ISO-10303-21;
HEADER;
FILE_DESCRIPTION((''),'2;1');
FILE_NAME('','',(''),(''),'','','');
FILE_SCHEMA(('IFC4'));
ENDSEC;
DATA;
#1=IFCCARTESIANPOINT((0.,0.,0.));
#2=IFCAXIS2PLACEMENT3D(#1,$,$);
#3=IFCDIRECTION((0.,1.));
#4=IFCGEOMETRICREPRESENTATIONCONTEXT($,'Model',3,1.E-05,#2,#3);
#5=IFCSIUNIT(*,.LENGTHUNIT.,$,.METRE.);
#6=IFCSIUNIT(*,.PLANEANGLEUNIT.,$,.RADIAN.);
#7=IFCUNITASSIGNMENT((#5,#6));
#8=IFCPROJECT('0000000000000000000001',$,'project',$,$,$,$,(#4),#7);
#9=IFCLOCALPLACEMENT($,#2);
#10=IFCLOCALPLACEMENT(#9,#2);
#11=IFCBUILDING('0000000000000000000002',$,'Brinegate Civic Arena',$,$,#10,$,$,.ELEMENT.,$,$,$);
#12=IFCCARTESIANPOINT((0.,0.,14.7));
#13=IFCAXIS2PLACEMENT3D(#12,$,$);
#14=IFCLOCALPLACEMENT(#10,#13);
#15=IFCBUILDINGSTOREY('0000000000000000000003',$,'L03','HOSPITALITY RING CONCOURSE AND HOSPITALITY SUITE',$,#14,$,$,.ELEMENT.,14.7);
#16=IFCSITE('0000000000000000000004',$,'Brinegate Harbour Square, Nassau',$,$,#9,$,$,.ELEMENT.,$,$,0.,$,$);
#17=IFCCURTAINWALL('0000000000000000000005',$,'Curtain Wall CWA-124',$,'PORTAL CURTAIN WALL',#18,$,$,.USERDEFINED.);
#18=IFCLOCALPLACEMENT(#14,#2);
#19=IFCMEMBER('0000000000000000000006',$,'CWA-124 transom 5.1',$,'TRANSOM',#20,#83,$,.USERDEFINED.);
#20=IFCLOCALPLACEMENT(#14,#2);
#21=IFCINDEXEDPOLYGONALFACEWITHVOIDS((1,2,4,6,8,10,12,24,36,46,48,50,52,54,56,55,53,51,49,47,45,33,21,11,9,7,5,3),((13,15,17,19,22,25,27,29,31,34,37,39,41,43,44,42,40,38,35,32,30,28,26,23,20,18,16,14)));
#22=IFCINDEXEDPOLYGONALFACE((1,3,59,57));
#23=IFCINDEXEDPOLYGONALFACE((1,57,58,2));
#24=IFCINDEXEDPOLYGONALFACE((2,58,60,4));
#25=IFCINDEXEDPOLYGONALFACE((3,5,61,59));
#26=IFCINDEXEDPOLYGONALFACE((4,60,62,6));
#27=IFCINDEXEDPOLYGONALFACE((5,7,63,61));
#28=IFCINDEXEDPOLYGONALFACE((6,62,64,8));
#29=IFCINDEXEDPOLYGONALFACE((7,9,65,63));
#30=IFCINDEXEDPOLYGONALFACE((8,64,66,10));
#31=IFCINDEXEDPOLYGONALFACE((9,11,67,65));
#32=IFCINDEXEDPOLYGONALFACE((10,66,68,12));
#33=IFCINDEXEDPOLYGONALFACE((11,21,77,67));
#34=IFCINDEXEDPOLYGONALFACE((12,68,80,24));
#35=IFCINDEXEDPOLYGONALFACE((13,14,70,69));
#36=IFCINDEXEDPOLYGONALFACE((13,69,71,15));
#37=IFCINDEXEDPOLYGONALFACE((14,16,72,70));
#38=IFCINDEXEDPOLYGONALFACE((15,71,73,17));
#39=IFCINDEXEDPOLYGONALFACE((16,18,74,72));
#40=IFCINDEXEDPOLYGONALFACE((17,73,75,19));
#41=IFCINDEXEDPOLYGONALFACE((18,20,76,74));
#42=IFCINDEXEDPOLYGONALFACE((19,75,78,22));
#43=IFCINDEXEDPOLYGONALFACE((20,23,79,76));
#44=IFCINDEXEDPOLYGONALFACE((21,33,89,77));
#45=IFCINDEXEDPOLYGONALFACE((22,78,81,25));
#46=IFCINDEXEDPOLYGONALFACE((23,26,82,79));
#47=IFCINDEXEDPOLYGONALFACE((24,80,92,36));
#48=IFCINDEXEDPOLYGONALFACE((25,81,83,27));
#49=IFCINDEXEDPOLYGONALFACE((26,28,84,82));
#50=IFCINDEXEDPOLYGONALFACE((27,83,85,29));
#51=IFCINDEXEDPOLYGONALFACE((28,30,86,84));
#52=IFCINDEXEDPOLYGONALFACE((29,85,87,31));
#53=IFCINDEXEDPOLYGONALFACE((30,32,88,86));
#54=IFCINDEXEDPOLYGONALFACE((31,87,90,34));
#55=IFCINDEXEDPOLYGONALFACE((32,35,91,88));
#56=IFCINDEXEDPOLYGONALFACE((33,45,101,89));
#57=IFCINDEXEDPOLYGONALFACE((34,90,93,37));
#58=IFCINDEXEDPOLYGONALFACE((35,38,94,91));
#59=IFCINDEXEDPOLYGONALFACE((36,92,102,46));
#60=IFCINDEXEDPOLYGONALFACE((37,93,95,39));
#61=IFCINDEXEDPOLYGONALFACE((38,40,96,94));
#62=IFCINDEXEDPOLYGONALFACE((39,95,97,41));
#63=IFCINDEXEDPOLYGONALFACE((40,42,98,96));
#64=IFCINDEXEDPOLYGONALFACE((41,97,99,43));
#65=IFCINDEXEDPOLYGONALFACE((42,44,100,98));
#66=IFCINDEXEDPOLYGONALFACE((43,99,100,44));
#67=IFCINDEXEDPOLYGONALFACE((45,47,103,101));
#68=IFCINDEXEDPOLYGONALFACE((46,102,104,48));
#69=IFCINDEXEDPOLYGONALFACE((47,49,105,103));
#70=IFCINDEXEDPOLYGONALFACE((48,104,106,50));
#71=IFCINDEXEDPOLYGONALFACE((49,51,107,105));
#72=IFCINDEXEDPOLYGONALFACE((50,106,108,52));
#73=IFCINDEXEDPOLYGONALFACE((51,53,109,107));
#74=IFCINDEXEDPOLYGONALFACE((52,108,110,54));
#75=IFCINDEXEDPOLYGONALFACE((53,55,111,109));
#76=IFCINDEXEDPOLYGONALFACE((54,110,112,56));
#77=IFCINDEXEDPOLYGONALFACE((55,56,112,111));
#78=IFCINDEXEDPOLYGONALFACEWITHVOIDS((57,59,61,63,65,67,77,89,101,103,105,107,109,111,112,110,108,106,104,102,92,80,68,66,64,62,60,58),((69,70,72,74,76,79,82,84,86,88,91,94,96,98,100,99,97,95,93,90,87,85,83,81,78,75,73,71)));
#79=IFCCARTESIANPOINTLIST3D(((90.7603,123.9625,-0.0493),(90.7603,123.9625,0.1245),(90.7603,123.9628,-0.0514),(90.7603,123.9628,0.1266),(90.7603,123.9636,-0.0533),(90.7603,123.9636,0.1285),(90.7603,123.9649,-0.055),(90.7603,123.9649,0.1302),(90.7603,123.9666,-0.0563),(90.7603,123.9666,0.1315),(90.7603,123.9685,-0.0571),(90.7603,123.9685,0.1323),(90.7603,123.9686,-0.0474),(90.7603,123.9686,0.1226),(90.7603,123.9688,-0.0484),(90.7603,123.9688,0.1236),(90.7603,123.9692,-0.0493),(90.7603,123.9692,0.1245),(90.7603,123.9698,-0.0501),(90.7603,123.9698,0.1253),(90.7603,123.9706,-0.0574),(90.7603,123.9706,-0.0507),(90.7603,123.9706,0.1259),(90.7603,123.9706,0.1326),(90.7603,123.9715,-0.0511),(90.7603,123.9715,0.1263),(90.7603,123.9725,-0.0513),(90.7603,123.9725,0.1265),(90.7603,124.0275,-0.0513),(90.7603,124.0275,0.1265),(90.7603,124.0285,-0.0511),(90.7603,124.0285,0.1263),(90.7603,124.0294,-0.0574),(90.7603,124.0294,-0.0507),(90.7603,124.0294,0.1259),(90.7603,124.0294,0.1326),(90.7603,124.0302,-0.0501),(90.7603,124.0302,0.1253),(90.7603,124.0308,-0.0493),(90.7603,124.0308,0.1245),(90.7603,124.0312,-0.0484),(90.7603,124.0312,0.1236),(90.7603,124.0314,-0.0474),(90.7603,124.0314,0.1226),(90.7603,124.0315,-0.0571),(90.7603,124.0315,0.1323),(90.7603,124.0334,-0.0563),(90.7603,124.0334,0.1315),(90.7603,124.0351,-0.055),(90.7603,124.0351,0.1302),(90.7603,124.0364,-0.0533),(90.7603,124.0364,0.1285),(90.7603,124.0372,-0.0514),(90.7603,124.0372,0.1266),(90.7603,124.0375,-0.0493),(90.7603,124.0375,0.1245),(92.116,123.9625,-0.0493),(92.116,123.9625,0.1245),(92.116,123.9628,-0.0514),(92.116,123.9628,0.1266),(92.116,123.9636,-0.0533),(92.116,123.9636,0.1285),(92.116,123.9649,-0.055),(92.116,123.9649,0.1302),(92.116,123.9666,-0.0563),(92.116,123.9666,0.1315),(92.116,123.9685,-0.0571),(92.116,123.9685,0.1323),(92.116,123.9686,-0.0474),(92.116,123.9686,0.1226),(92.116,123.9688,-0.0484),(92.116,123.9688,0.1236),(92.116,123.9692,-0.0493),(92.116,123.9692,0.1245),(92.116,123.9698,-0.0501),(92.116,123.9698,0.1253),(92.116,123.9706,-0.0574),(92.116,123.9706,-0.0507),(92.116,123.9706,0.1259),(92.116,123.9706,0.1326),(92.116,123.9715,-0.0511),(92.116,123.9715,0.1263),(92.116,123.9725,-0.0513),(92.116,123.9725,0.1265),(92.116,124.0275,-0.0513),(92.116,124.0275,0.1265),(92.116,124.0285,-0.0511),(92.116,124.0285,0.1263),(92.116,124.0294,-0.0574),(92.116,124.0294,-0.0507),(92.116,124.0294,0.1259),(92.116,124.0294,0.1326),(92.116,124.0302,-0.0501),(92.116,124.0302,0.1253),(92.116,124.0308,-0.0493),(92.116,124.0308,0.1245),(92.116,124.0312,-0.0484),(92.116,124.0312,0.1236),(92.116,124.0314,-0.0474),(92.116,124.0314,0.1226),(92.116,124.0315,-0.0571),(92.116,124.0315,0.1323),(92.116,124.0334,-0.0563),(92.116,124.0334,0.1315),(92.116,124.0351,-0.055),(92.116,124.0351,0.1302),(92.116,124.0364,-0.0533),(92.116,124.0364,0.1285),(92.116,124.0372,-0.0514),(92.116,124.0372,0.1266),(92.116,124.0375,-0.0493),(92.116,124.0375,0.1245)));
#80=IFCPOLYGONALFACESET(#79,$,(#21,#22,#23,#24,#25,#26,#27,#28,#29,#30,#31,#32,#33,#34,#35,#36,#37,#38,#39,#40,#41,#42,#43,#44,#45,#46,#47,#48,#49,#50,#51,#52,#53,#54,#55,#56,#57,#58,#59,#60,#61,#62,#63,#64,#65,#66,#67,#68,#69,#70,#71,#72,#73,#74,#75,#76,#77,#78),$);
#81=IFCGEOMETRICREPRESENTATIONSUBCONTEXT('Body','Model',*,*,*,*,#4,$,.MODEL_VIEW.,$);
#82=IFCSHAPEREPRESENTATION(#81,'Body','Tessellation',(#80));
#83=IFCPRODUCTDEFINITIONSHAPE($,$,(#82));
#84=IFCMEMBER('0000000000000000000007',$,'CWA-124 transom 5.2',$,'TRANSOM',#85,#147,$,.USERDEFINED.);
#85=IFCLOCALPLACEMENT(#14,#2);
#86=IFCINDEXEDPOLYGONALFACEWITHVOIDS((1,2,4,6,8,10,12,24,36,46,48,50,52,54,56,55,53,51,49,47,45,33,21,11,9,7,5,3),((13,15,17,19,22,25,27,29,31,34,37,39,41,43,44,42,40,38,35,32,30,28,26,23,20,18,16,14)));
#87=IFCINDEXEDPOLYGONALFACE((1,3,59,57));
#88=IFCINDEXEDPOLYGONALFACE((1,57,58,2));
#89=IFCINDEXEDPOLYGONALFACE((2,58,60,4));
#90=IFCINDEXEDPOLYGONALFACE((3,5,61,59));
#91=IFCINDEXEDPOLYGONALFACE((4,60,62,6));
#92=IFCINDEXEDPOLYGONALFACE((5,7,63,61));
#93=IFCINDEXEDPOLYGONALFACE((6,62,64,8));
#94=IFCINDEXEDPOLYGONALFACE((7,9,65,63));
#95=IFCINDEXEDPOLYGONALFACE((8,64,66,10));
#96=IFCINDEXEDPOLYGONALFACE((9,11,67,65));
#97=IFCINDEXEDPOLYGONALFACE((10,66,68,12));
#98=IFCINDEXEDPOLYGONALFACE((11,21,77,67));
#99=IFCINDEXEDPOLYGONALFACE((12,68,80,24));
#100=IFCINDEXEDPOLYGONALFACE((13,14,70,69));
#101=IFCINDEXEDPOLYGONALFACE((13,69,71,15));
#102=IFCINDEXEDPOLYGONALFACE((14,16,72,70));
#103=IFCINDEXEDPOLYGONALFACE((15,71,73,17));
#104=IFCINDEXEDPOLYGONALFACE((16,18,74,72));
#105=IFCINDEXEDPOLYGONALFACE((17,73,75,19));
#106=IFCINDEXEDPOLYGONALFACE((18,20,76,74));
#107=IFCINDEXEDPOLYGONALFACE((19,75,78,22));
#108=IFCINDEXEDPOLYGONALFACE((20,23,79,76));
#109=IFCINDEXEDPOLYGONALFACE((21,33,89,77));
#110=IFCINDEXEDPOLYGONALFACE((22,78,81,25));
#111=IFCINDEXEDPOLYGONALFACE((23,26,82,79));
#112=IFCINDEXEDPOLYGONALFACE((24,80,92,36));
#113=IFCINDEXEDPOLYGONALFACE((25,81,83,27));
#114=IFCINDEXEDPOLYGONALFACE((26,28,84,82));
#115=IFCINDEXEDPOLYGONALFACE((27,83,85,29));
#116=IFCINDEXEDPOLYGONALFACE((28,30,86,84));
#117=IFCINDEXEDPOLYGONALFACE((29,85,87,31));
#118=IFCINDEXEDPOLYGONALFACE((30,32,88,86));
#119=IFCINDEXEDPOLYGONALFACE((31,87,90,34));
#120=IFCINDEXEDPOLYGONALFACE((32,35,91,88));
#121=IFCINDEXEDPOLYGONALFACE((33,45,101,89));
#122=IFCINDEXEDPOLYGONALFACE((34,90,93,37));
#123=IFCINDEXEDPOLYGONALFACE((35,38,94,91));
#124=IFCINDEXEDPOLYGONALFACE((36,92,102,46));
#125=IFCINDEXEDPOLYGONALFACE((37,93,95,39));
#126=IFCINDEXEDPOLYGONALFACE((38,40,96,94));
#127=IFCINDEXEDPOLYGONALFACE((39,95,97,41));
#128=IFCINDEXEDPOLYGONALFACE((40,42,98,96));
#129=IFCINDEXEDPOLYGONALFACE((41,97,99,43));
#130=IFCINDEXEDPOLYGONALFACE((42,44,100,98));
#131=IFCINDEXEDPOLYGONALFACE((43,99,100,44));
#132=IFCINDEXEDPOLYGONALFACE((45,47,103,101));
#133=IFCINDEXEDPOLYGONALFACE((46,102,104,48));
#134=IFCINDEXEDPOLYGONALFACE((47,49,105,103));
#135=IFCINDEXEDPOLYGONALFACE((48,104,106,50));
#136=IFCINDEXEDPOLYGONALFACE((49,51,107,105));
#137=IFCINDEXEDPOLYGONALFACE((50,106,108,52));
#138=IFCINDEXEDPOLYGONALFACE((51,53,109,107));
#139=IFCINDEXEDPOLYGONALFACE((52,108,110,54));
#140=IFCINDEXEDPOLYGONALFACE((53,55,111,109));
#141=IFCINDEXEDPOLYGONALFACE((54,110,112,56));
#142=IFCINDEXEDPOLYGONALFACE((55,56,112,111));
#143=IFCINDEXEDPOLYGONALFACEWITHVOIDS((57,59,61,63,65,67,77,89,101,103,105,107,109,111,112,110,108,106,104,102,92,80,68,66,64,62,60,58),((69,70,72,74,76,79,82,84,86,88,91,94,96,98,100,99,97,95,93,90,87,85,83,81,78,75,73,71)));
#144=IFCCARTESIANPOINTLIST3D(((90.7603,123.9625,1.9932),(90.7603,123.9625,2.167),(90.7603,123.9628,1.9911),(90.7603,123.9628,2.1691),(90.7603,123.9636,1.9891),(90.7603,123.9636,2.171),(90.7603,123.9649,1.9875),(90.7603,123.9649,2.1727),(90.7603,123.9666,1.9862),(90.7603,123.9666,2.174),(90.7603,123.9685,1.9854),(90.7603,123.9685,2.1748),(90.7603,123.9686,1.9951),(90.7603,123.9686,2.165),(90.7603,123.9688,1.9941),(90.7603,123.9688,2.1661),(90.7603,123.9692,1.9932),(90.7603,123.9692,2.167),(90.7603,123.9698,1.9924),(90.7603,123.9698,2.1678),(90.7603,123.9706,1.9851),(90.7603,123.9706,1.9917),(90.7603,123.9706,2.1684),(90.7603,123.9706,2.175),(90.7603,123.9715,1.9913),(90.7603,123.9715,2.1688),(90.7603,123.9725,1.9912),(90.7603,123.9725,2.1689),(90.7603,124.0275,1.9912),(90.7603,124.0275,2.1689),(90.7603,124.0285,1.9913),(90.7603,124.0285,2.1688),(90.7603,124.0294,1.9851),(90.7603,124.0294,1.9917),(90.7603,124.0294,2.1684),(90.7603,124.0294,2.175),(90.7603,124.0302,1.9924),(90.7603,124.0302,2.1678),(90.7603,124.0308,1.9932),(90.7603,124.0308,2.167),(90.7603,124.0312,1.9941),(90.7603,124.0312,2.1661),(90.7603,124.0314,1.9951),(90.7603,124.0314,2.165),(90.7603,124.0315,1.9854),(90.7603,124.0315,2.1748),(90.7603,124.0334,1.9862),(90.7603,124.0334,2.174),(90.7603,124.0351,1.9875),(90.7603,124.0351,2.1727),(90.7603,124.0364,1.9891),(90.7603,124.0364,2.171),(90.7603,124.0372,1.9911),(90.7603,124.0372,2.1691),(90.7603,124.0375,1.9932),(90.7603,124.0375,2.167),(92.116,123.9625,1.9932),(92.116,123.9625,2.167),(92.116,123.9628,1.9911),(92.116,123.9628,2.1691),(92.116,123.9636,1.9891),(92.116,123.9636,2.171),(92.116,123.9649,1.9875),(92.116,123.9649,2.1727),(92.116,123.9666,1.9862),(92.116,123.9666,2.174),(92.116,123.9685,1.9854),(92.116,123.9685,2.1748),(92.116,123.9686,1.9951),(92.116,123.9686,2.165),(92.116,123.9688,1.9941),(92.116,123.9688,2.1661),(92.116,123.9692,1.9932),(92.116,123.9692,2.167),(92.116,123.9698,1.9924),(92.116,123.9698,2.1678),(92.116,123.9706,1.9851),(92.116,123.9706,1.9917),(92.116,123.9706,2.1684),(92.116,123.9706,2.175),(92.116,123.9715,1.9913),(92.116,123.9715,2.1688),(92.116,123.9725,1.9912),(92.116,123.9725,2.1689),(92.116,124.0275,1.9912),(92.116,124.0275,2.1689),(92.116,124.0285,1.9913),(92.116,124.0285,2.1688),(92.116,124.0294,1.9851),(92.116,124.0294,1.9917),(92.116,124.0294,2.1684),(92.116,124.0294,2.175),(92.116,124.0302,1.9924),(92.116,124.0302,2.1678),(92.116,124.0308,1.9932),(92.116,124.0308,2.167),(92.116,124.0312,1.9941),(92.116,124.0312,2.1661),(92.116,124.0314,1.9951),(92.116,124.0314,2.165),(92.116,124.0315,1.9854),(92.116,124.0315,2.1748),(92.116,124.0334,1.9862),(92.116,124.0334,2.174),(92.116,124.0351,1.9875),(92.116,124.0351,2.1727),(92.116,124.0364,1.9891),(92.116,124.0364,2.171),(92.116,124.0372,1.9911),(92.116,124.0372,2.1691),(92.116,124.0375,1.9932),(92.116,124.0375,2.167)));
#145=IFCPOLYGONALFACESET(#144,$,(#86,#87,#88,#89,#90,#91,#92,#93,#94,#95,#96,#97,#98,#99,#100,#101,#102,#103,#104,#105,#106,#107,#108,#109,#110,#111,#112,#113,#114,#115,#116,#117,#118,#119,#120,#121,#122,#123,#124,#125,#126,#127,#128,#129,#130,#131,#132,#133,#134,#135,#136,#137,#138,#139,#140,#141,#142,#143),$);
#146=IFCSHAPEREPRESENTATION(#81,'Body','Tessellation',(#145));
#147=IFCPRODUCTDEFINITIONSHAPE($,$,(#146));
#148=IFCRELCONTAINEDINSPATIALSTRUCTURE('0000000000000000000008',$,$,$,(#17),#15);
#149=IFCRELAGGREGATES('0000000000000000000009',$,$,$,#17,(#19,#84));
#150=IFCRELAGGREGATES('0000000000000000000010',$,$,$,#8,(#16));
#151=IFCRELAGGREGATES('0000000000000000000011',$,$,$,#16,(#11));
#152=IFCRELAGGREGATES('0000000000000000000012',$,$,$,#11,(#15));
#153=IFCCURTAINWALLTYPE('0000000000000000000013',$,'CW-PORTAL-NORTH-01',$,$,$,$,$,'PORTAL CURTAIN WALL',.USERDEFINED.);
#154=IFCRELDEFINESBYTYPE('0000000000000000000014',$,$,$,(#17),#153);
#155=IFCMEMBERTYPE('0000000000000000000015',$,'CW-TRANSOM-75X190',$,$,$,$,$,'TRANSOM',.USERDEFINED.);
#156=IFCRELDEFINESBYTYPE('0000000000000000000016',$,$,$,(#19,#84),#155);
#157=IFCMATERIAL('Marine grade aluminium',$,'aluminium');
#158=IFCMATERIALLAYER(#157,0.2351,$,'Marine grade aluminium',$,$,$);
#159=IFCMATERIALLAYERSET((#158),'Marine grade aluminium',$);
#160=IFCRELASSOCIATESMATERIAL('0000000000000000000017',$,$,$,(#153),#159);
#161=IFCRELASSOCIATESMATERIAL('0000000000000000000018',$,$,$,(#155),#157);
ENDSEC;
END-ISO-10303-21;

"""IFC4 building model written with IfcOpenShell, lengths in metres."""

from ifc_helpers import new_model, si_unit, direction, frame, origin, origin_2d, place, context, subcontext, project, spatial, hollow_rectangle, extrude, material, layer, layer_set, material_profile, profile_set, type_object, element, aggregate, save


model = new_model("IFC4")

# Units and contexts
model_context = context("Model", 3, precision=1e-05, world=origin(), true_north=direction((0.0, 1.0)))
body_context = subcontext(model_context, "Body", "Model", "MODEL_VIEW")
ifc_project = project(units=[si_unit("LENGTHUNIT", "METRE"), si_unit("PLANEANGLEUNIT", "RADIAN")], contexts=[model_context])

# Site, building, storey
site_placement = place(None, origin())
site = spatial("IfcSite", under=ifc_project, at=site_placement, Name="Brinegate Harbour Square, Nassau", CompositionType="ELEMENT", RefElevation=0.0)
building_placement = place(site_placement, origin())
building = spatial("IfcBuilding", under=site, at=building_placement, Name="Brinegate Civic Arena", CompositionType="ELEMENT")
storey_placement = place(building_placement, frame((0.0, 0.0, 14.7)))
storey = spatial("IfcBuildingStorey", under=building, at=storey_placement, Name="L03", Description="HOSPITALITY RING CONCOURSE AND HOSPITALITY SUITE", CompositionType="ELEMENT", Elevation=14.7)

# Curtain wall, members
ifc_material_1 = material(Name="Marine grade aluminium", Category="aluminium")
ifc_layer_1 = layer(ifc_material_1, 0.2351, Name="Marine grade aluminium")
ifc_layer_set_1 = layer_set([ifc_layer_1], Name="Marine grade aluminium")
curtain_wall_type = type_object("IfcCurtainWallType", Name="CW-PORTAL-NORTH-01", ElementType="PORTAL CURTAIN WALL", PredefinedType="USERDEFINED", material=ifc_layer_set_1)
curtain_wall_placement = place(storey_placement, origin())
curtain_wall = element("IfcCurtainWall", 1, at=curtain_wall_placement, inside=storey, type_object=curtain_wall_type, Name="Curtain Wall CWA-124", ObjectType="PORTAL CURTAIN WALL", PredefinedType="USERDEFINED")
ifc_material_profile_1 = material_profile(ifc_material_1, hollow_rectangle(XDim=0.075, YDim=0.1899, WallThickness=0.0061, InnerFilletRadius=0.0039, OuterFilletRadius=0.0081, at=origin_2d()), Name="TRN75X190")
ifc_profile_set_1 = profile_set([ifc_material_profile_1], Name="Marine grade aluminium")
member_type_1 = type_object("IfcMemberType", Name="CW-TRANSOM-75X190", ElementType="TRANSOM", PredefinedType="USERDEFINED", material=ifc_profile_set_1)
member_1_placement = place(storey_placement, frame((90.7603, 124.0, 0.0376), z_axis=(1.0, 0.0, 0.0), x_axis=(0.0, 1.0, 0.0)))
member_1 = element("IfcMember", 2, at=member_1_placement, type_object=member_type_1, Name="CWA-124 transom 5.1", ObjectType="TRANSOM", PredefinedType="USERDEFINED", context=body_context, shape_type="SweptSolid", body=[
    extrude(hollow_rectangle(XDim=0.075, YDim=0.1899, WallThickness=0.0061, InnerFilletRadius=0.0039, OuterFilletRadius=0.0081, at=origin_2d()), origin(), (0.0, 0.0, 1.0), 1.3557),
])
member_2_placement = place(storey_placement, frame((90.7603, 124.0, 2.0801), z_axis=(1.0, 0.0, 0.0), x_axis=(0.0, 1.0, 0.0)))
member_2 = element("IfcMember", 3, at=member_2_placement, type_object=member_type_1, Name="CWA-124 transom 5.2", ObjectType="TRANSOM", PredefinedType="USERDEFINED", context=body_context, shape_type="SweptSolid", body=[
    extrude(hollow_rectangle(XDim=0.075, YDim=0.1899, WallThickness=0.0061, InnerFilletRadius=0.0039, OuterFilletRadius=0.0081, at=origin_2d()), origin(), (0.0, 0.0, 1.0), 1.3557),
])

aggregate(curtain_wall, [member_1, member_2])

save(model, "model.ifc")
